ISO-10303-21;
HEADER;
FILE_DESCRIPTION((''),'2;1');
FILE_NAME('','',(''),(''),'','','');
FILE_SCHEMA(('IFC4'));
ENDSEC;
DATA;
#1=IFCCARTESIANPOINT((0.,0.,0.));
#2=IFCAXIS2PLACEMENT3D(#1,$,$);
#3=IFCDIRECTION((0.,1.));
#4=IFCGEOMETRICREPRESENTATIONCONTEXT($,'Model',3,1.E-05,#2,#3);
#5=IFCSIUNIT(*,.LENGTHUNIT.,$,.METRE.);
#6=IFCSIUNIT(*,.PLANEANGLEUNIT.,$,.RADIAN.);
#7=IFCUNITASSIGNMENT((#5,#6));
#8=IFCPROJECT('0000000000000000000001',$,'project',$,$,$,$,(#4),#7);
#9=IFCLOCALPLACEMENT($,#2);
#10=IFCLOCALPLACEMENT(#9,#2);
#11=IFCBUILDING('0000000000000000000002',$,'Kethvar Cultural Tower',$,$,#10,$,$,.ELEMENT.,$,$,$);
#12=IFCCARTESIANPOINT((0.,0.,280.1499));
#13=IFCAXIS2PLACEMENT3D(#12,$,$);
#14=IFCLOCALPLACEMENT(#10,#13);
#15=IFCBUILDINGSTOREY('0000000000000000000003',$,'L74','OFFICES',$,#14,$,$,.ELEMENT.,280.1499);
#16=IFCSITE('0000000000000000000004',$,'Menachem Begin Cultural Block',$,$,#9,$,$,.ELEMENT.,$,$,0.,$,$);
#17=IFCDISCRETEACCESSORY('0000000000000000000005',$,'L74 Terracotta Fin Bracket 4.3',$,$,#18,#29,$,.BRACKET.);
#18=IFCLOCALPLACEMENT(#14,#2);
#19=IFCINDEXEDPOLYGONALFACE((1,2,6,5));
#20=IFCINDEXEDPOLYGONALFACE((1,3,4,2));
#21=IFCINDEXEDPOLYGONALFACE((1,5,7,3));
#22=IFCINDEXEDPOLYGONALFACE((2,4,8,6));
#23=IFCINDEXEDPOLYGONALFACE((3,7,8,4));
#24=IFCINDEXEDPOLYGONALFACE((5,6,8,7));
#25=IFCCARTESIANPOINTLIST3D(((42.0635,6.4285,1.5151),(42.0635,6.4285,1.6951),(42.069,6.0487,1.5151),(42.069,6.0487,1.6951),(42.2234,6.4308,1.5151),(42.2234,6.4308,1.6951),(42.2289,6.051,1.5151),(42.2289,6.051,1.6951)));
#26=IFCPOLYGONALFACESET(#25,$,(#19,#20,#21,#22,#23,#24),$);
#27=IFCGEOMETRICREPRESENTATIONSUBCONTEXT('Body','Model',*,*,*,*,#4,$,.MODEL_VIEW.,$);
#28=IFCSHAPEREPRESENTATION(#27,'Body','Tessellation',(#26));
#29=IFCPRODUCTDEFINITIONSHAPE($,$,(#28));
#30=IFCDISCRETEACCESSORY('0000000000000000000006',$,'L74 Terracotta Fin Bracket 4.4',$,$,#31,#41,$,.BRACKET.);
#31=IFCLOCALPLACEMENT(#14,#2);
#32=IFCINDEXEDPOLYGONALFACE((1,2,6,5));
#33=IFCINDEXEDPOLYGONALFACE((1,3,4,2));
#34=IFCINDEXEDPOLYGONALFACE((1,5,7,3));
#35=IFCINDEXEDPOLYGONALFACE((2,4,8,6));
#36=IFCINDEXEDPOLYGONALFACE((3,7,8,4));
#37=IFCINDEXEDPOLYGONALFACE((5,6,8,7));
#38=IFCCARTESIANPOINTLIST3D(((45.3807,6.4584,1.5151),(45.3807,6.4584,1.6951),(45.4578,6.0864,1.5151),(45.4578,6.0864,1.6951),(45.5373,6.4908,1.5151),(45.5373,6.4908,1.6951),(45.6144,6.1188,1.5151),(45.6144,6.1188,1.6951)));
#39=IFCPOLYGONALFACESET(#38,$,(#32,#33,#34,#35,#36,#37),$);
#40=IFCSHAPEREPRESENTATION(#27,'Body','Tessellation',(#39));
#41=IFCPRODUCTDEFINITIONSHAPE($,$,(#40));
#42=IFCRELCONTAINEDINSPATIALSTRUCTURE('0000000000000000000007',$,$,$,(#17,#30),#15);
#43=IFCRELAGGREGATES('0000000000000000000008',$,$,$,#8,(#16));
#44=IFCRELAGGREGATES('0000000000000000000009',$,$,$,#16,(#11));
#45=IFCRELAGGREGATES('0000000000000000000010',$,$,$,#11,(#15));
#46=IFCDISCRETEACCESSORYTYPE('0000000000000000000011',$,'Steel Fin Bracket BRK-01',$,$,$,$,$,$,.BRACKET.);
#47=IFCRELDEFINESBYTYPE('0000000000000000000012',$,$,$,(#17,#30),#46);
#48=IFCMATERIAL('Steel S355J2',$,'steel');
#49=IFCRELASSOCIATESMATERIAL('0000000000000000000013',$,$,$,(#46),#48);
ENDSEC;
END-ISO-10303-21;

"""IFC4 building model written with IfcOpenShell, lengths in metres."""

from ifc_helpers import new_model, si_unit, direction, frame, origin, origin_2d, place, context, subcontext, project, spatial, rectangle, extrude, source, transform, mapped, material, type_object, element, save


model = new_model("IFC4")

# Units and contexts
model_context = context("Model", 3, precision=1e-05, world=origin(), true_north=direction((0.0, 1.0)))
body_context = subcontext(model_context, "Body", "Model", "MODEL_VIEW")
ifc_project = project(units=[si_unit("LENGTHUNIT", "METRE"), si_unit("PLANEANGLEUNIT", "RADIAN")], contexts=[model_context])

# Site, building, storey
site_placement = place(None, origin())
site = spatial("IfcSite", under=ifc_project, at=site_placement, Name="Menachem Begin Cultural Block", CompositionType="ELEMENT", RefElevation=0.0)
building_placement = place(site_placement, origin())
building = spatial("IfcBuilding", under=site, at=building_placement, Name="Kethvar Cultural Tower", CompositionType="ELEMENT")
storey_placement = place(building_placement, frame((0.0, 0.0, 280.1499)))
storey = spatial("IfcBuildingStorey", under=building, at=storey_placement, Name="L74", Description="OFFICES", CompositionType="ELEMENT", Elevation=280.1499)

# Shared definitions
ifc_material_1 = material(Name="Steel S355J2", Category="steel")

# Discrete accessories
discrete_accessory_type = type_object("IfcDiscreteAccessoryType", Name="Steel Fin Bracket BRK-01", PredefinedType="BRACKET", material=ifc_material_1)
shared_shape_1 = source(origin(), body_context, "Body", "SweptSolid", [
    extrude(rectangle(XDim=0.3799, YDim=0.1599, at=origin_2d()), origin(), (0.0, 0.0, 1.0), 0.1799),
])
for number, where, z_axis, x_axis, name in (
    (1, (42.1462, 6.2397, 1.5151), (0.0, 0.0, 1.0), (0.014486, -0.999895, 0.0), "L74 Terracotta Fin Bracket 4.3"),
    (2, (45.4976, 6.2886, 1.5151), (0.0, 0.0, 1.0), (0.202787, -0.979223, 0.0), "L74 Terracotta Fin Bracket 4.4"),
):
    element("IfcDiscreteAccessory", number, at=place(storey_placement, frame(where, z_axis=z_axis, x_axis=x_axis)), inside=storey, type_object=discrete_accessory_type, Name=name, PredefinedType="BRACKET", context=body_context, shape_type="MappedRepresentation", body=[
        mapped(shared_shape_1, transform((0.0, 0.0, 0.0), scale=1.0)),
    ])

save(model, "model.ifc")
